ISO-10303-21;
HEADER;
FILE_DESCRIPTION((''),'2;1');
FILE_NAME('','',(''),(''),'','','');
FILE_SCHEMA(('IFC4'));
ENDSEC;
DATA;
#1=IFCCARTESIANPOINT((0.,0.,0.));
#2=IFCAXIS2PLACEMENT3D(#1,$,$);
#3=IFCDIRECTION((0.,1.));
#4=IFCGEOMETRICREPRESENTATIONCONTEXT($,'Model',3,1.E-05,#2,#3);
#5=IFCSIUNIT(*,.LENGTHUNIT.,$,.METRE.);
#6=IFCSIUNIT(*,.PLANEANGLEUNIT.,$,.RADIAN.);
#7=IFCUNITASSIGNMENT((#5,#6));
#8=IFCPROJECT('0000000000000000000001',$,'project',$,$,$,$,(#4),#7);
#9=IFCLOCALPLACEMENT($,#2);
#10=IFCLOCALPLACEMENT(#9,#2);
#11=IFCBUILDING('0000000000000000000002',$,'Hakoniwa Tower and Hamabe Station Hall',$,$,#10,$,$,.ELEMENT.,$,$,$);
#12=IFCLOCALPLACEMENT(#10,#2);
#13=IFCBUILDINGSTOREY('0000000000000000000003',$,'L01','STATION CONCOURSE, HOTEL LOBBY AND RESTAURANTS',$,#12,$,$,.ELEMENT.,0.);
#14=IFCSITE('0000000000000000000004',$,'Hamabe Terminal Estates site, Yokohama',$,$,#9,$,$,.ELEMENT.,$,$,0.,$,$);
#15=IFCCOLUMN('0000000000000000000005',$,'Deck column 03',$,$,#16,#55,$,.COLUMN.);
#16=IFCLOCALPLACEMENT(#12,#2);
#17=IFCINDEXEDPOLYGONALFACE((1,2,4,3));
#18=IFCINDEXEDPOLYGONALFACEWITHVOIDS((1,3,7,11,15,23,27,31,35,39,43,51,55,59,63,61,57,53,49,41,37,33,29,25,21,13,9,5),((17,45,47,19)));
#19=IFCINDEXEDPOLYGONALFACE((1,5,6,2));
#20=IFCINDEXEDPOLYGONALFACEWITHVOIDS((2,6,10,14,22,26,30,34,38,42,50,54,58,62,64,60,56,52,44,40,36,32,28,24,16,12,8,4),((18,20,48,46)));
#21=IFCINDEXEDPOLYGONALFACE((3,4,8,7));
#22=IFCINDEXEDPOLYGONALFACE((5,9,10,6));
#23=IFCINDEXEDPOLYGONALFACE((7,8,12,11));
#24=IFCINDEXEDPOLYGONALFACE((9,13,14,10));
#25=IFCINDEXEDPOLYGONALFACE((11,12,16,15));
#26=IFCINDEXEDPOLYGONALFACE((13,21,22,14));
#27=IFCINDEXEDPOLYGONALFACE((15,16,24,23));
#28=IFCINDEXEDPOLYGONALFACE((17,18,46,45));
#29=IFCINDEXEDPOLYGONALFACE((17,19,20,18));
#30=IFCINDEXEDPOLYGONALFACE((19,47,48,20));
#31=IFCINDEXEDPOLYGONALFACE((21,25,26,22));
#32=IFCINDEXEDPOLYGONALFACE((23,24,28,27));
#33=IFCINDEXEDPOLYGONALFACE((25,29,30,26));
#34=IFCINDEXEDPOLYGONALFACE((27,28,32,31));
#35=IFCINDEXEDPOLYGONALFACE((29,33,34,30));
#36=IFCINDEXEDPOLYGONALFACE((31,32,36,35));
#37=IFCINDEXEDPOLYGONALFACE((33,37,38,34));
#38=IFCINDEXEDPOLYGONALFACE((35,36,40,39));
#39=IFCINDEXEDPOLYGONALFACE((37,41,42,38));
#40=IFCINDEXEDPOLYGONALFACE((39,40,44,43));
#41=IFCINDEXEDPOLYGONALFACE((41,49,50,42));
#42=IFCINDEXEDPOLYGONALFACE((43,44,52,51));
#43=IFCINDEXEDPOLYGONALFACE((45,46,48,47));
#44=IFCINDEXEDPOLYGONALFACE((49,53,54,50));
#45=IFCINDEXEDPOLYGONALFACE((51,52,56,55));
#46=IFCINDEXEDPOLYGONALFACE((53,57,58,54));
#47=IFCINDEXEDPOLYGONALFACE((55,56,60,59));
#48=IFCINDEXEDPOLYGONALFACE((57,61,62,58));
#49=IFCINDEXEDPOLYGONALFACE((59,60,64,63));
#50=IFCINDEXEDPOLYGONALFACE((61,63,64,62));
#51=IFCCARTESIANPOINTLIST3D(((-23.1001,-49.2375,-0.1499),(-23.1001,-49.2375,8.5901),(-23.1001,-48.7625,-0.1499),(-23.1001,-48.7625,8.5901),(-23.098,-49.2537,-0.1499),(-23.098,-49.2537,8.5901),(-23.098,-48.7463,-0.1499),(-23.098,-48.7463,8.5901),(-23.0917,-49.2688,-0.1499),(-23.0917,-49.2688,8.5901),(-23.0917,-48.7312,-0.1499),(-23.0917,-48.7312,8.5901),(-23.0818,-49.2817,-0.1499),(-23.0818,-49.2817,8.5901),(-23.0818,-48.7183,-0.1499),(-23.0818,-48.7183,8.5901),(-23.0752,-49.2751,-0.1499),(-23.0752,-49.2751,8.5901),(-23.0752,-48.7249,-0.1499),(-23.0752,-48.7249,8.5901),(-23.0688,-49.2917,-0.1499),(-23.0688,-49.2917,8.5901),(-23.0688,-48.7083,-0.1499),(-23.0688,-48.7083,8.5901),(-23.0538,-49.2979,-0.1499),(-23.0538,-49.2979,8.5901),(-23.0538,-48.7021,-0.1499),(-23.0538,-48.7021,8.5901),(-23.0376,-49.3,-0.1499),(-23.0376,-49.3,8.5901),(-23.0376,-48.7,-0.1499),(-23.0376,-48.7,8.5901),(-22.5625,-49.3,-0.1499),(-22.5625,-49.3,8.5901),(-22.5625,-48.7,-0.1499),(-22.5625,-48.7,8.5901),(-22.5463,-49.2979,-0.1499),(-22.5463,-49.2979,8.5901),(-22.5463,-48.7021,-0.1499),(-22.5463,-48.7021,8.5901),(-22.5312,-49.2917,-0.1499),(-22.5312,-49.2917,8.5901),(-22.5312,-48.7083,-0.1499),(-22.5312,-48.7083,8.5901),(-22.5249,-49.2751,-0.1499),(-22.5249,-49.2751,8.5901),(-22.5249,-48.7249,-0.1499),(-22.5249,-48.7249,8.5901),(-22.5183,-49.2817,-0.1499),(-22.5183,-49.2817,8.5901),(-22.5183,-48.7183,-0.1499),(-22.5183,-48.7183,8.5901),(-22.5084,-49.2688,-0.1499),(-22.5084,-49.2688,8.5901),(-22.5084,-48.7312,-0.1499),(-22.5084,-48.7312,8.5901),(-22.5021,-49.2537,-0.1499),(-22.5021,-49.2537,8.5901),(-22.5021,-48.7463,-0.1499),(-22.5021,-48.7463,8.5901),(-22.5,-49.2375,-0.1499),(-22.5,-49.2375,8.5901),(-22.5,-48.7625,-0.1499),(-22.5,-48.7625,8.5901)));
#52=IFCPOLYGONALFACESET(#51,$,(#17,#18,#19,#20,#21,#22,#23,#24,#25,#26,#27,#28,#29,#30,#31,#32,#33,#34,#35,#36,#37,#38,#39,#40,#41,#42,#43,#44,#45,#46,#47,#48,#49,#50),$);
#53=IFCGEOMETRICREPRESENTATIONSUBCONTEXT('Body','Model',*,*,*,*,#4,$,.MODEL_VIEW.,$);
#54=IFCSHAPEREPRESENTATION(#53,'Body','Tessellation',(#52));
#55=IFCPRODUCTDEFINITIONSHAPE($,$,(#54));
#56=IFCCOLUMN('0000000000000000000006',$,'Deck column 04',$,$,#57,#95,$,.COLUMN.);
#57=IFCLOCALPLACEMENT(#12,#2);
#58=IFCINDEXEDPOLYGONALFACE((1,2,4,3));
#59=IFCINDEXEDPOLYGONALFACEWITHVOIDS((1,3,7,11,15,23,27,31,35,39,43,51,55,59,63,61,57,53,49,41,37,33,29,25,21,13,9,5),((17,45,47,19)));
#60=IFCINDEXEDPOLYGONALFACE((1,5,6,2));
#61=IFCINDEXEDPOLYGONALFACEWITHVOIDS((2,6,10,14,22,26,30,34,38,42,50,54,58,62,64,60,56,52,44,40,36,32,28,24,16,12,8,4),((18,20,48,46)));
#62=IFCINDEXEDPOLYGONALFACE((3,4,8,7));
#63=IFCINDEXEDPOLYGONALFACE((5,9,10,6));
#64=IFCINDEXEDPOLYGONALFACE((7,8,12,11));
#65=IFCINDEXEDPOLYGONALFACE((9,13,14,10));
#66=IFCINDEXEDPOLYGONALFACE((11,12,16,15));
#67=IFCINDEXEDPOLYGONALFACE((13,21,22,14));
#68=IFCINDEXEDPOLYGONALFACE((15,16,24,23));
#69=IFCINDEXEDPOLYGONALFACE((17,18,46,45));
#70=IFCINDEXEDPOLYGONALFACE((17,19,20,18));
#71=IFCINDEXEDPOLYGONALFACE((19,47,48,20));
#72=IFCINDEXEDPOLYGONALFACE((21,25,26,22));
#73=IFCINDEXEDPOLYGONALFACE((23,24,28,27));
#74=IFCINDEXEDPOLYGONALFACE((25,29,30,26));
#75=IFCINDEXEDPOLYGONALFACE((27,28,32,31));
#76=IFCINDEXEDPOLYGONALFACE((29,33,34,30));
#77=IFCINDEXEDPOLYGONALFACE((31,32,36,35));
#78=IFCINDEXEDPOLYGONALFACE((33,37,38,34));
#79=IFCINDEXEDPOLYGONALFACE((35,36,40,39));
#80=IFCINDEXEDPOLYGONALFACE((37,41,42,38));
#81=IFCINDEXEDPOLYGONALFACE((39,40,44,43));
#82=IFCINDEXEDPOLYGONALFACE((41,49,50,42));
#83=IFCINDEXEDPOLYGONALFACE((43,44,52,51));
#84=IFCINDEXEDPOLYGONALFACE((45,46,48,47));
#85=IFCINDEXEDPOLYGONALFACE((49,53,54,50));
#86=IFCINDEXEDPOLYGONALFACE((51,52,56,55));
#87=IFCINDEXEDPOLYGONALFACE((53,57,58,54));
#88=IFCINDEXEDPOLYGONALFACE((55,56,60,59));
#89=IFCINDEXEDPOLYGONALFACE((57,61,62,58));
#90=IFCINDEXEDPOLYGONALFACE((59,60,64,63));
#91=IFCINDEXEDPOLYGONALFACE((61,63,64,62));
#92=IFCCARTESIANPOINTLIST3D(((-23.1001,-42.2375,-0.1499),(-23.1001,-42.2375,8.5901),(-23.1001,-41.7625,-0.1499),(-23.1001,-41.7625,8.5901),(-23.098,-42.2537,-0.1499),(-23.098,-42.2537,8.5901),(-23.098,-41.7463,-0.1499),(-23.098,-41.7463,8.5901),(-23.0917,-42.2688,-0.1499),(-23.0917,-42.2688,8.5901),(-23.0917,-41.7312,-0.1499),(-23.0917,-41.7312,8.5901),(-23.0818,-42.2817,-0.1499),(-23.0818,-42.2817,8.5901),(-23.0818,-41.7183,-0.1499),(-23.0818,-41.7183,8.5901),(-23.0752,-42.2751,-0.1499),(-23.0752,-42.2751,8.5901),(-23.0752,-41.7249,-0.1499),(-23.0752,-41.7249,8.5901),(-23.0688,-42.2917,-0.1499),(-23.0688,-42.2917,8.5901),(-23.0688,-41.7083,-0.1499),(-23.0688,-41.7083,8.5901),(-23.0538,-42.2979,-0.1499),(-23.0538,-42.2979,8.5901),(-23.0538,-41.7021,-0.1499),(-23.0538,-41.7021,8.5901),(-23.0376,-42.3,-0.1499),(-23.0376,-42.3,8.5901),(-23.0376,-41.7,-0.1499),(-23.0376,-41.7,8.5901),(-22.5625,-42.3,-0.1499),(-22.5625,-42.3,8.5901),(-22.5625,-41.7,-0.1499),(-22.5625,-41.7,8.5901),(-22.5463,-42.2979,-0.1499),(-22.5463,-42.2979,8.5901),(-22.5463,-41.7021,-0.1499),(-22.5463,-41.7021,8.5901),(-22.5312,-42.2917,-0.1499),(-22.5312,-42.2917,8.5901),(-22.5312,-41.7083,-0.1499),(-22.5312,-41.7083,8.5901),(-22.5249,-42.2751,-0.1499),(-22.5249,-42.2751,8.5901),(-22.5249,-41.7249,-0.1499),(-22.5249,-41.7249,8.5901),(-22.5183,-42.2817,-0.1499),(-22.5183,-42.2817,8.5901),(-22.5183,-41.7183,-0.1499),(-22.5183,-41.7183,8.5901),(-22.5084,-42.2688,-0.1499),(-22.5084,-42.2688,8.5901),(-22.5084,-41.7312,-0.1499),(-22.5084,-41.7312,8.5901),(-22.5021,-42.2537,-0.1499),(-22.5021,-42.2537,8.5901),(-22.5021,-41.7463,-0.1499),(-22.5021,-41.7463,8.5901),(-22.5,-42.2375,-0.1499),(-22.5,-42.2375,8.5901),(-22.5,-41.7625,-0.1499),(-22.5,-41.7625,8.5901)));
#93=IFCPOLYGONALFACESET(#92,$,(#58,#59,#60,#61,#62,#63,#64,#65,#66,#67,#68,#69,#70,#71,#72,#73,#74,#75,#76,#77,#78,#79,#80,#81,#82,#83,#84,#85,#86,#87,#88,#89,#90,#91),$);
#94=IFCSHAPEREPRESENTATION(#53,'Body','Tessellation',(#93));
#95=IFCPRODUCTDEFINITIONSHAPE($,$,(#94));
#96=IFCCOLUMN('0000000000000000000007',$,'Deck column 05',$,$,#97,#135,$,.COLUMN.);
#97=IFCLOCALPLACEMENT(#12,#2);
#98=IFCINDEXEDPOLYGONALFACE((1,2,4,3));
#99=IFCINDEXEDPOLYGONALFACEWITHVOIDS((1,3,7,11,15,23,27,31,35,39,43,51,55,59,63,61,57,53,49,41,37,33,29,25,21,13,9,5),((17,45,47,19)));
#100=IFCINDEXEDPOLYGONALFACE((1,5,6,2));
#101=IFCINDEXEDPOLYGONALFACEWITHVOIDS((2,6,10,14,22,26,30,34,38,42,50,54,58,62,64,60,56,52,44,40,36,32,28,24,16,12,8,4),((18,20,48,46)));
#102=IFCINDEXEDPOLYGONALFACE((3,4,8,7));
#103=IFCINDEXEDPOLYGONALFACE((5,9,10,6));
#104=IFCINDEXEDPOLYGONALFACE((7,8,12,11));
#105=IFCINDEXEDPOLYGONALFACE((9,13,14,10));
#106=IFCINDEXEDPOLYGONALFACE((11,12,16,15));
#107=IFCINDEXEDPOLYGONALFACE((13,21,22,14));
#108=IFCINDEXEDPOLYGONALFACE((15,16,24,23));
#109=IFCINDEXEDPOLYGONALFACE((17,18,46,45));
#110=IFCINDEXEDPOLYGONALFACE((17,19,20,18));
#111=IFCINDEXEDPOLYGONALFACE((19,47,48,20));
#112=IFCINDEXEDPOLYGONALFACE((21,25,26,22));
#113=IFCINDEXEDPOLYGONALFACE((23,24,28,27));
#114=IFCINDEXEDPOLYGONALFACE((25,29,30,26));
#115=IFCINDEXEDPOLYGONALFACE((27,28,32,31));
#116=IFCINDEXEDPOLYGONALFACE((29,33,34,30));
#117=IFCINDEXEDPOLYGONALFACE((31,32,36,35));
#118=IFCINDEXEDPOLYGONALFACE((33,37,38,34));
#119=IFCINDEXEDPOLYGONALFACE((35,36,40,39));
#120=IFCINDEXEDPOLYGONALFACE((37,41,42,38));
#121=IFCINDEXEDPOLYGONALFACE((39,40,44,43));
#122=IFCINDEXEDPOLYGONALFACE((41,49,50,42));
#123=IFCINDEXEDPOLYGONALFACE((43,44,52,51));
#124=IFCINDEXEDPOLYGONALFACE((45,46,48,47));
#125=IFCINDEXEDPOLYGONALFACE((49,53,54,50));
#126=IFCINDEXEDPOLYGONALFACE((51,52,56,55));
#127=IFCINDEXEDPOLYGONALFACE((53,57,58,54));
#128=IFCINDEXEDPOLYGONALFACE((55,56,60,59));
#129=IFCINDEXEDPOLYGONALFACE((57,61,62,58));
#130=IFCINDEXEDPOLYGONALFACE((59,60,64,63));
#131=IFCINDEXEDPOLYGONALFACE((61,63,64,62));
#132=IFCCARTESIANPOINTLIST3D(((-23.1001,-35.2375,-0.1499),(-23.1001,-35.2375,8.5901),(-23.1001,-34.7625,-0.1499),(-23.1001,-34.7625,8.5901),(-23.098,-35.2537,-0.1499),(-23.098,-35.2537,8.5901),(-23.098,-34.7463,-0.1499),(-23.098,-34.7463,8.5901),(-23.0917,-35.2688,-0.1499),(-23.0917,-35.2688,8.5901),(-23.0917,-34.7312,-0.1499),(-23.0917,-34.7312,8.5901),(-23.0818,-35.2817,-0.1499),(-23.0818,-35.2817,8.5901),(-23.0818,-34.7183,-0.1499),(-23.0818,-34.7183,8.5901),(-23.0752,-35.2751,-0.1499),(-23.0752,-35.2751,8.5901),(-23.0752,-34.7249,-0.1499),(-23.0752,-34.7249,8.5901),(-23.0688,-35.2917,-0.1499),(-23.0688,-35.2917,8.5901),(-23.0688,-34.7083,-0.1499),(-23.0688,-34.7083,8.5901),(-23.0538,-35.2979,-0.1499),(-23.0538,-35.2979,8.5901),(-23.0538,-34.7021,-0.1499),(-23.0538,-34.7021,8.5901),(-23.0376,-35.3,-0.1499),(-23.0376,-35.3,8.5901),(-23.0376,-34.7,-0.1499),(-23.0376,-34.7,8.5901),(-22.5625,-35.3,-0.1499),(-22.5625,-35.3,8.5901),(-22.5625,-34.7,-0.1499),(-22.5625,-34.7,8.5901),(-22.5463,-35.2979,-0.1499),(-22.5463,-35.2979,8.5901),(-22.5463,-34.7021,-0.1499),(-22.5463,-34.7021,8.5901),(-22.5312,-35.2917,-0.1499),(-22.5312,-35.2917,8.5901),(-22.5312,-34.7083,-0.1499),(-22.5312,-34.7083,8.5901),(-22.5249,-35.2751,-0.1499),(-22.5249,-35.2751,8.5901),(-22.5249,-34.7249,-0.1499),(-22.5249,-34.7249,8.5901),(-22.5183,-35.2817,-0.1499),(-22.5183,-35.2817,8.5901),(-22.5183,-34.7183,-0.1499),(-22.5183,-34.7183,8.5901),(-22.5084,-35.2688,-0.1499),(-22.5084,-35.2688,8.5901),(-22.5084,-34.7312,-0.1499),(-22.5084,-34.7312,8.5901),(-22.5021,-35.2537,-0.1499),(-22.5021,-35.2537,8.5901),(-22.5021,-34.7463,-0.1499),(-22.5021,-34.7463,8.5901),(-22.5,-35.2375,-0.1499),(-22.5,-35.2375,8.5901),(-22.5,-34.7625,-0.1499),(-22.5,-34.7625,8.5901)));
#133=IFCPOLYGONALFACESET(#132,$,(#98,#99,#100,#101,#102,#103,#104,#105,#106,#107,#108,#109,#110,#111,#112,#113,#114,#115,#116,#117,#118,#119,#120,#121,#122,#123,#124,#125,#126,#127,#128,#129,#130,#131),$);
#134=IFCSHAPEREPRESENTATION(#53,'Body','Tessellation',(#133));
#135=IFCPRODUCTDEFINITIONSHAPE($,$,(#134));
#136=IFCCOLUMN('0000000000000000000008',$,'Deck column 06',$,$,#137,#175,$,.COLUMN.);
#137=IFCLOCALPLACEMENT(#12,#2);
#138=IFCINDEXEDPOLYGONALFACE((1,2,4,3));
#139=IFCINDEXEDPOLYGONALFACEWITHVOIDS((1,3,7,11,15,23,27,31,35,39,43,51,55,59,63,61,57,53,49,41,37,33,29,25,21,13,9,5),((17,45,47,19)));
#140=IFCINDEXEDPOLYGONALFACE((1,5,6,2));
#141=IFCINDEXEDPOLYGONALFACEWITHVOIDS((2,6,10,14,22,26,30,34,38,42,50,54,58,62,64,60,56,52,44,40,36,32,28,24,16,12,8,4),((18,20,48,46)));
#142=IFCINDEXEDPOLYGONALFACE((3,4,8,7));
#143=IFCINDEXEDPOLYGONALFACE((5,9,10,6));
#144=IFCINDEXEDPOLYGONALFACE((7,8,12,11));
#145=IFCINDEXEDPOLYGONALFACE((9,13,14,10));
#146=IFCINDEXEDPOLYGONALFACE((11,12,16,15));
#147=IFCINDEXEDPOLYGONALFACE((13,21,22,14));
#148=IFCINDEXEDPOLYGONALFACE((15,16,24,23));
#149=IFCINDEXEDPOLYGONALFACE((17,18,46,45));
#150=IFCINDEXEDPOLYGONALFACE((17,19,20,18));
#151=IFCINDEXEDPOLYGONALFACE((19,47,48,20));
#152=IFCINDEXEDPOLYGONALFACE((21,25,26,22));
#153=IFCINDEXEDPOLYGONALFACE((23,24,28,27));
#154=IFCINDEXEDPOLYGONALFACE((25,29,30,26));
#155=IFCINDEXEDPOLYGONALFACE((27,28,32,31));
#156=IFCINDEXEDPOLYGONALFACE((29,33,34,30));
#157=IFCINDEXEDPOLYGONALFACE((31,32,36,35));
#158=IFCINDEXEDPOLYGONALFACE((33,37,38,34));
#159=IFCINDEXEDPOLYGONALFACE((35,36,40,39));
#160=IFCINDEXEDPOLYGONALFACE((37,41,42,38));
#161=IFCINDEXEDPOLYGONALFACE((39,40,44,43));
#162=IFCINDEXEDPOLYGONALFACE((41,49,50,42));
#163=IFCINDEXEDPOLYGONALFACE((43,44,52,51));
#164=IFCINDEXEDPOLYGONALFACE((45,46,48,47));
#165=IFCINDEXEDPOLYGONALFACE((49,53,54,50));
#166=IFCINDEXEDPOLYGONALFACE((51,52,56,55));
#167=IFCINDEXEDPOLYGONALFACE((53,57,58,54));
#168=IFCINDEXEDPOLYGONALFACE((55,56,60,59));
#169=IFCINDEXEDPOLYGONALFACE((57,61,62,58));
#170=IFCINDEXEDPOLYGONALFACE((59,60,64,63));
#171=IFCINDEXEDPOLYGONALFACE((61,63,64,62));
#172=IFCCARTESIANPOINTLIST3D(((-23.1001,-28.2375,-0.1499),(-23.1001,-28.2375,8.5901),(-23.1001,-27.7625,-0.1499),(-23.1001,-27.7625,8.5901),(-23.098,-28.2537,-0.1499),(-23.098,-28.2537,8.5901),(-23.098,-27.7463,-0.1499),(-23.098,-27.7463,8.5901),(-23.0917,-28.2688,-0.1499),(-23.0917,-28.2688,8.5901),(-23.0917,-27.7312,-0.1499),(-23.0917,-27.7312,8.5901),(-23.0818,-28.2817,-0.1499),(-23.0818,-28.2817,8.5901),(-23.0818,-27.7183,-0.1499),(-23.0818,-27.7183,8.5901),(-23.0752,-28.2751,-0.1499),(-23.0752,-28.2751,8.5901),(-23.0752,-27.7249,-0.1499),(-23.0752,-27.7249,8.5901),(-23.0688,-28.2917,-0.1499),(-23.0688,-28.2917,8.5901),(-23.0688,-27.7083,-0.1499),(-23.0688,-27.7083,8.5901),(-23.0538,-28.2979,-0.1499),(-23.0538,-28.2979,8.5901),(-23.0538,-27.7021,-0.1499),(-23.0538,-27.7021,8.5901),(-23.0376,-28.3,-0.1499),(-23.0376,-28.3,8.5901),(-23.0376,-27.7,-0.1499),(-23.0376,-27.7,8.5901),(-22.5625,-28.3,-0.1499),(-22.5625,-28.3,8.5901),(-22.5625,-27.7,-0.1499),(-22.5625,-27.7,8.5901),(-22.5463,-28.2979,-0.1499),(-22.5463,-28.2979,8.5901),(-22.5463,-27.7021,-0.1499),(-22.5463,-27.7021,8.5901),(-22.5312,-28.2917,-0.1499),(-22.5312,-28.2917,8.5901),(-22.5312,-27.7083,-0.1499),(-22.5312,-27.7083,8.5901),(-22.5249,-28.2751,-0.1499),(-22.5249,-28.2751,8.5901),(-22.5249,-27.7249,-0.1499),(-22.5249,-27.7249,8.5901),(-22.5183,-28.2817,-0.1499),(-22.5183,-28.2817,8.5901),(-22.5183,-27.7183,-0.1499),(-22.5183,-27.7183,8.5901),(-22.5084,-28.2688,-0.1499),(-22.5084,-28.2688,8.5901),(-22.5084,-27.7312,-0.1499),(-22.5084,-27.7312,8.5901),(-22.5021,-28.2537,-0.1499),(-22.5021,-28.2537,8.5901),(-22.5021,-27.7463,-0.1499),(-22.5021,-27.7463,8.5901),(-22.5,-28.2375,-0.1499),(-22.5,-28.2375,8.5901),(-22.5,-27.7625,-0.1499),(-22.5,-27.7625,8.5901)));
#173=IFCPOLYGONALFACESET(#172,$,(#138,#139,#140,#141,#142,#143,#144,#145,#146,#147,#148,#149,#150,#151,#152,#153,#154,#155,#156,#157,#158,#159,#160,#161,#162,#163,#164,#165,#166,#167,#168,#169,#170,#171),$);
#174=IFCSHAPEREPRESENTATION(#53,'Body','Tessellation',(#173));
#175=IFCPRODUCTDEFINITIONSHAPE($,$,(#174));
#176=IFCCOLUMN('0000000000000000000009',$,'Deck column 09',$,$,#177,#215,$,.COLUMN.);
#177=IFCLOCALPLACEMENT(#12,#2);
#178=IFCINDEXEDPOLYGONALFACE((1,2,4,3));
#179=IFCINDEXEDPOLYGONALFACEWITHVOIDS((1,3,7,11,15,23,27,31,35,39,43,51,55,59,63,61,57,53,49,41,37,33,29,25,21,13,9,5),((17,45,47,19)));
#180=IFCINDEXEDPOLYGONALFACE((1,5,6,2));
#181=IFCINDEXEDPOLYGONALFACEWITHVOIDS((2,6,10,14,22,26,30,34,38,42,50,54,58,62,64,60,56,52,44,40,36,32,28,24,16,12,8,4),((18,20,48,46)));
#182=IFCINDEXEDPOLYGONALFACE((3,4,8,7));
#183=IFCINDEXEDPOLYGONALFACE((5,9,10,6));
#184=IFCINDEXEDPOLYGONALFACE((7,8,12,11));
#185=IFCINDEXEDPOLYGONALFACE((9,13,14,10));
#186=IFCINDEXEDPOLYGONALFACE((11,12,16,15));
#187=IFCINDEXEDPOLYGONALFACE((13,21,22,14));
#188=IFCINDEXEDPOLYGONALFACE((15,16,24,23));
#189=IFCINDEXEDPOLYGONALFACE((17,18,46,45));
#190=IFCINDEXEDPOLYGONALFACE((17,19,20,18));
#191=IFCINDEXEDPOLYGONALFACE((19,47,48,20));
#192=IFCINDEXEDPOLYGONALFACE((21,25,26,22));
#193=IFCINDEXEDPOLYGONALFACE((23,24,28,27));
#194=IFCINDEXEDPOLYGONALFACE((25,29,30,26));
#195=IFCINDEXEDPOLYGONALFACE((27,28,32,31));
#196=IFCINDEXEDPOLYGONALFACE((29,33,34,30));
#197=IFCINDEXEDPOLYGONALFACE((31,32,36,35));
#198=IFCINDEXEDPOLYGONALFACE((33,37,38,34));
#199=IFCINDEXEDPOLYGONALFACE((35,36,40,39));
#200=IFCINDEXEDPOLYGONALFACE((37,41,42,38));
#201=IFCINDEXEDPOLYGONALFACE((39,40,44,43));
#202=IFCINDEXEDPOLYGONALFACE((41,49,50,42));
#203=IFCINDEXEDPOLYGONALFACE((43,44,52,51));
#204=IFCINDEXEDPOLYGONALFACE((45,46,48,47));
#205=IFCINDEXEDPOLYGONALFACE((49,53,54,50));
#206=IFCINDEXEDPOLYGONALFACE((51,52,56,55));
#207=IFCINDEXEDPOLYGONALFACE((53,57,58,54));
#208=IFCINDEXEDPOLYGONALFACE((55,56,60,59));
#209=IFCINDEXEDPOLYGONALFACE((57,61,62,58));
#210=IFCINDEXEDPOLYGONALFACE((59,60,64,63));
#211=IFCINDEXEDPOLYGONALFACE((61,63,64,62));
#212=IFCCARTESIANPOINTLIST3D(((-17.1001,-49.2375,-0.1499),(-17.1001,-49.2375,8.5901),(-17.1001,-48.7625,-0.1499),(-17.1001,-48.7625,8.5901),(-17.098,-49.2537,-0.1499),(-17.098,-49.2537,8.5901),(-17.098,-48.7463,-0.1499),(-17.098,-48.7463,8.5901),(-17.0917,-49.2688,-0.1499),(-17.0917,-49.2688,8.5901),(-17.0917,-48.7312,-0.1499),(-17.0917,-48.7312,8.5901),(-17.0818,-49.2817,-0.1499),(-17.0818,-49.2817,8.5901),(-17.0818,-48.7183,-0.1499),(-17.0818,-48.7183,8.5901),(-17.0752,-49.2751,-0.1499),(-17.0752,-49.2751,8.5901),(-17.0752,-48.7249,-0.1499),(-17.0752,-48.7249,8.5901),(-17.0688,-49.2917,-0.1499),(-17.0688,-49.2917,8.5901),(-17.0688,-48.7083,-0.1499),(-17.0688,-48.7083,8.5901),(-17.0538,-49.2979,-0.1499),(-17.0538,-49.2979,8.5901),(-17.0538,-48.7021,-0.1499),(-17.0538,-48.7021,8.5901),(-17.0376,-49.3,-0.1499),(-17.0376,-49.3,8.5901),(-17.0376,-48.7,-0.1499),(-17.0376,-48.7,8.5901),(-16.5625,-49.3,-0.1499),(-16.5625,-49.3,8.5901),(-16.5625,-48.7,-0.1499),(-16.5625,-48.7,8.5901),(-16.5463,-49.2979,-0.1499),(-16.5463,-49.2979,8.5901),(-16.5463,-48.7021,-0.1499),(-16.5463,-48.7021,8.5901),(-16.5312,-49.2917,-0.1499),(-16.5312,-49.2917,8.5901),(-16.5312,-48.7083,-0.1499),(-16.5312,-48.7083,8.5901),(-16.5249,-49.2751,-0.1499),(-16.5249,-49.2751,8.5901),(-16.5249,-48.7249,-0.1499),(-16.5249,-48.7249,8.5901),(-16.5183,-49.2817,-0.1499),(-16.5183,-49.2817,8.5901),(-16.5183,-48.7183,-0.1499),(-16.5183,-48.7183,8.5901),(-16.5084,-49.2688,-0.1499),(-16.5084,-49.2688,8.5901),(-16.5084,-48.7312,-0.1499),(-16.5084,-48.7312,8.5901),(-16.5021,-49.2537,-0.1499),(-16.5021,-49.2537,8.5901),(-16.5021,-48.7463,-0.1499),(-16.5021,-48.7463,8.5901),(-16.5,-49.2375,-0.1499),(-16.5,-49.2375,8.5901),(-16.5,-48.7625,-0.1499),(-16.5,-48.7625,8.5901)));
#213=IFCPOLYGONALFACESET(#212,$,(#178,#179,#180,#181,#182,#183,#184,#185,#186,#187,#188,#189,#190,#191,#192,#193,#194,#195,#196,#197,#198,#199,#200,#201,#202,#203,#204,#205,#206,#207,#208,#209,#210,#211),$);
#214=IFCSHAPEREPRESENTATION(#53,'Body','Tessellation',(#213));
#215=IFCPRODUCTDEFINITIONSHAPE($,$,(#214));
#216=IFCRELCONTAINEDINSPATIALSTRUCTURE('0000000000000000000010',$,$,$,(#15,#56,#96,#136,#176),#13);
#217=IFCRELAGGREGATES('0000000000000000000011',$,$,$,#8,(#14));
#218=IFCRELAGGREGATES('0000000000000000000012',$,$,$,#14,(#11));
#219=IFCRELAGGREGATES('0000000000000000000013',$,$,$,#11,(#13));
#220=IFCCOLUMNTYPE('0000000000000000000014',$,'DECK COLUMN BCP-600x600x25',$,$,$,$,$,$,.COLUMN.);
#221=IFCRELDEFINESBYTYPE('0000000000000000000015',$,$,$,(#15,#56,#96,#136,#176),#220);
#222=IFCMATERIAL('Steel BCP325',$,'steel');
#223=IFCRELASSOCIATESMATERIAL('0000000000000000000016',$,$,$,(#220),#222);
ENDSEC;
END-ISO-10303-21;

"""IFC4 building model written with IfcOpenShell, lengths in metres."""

from ifc_helpers import new_model, si_unit, direction, frame, origin, origin_2d, place, context, subcontext, project, spatial, hollow_rectangle, extrude, material, material_profile, profile_set, type_object, element, save


model = new_model("IFC4")

# Units and contexts
model_context = context("Model", 3, precision=1e-05, world=origin(), true_north=direction((0.0, 1.0)))
body_context = subcontext(model_context, "Body", "Model", "MODEL_VIEW")
ifc_project = project(units=[si_unit("LENGTHUNIT", "METRE"), si_unit("PLANEANGLEUNIT", "RADIAN")], contexts=[model_context])

# Site, building, storey
site_placement = place(None, origin())
site = spatial("IfcSite", under=ifc_project, at=site_placement, Name="Hamabe Terminal Estates site, Yokohama", CompositionType="ELEMENT", RefElevation=0.0)
building_placement = place(site_placement, origin())
building = spatial("IfcBuilding", under=site, at=building_placement, Name="Hakoniwa Tower and Hamabe Station Hall", CompositionType="ELEMENT")
storey_placement = place(building_placement, origin())
storey = spatial("IfcBuildingStorey", under=building, at=storey_placement, Name="L01", Description="STATION CONCOURSE, HOTEL LOBBY AND RESTAURANTS", CompositionType="ELEMENT", Elevation=0.0)

# Columns
ifc_material_1 = material(Name="Steel BCP325", Category="steel")
ifc_material_profile_1 = material_profile(ifc_material_1, hollow_rectangle(XDim=0.6001, YDim=0.6001, WallThickness=0.0249, OuterFilletRadius=0.0625, at=origin_2d()), Name="DECK COLUMN BCP-600x600x25")
ifc_profile_set_1 = profile_set([ifc_material_profile_1], Name="Steel BCP325")
column_type = type_object("IfcColumnType", Name="DECK COLUMN BCP-600x600x25", PredefinedType="COLUMN", material=ifc_profile_set_1)
for number, where, z_axis, x_axis, name in (
    (1, (-22.8, -49.0, -0.1499), (0.0, 0.0, 1.0), (1.0, 0.0, 0.0), "Deck column 03"),
    (2, (-22.8, -42.0, -0.1499), (0.0, 0.0, 1.0), (1.0, 0.0, 0.0), "Deck column 04"),
    (3, (-22.8, -35.0, -0.1499), (0.0, 0.0, 1.0), (1.0, 0.0, 0.0), "Deck column 05"),
    (4, (-22.8, -28.0, -0.1499), (0.0, 0.0, 1.0), (1.0, 0.0, 0.0), "Deck column 06"),
    (5, (-16.8, -49.0, -0.1499), (0.0, 0.0, 1.0), (1.0, 0.0, 0.0), "Deck column 09"),
):
    element("IfcColumn", number, at=place(storey_placement, frame(where, z_axis=z_axis, x_axis=x_axis)), inside=storey, type_object=column_type, Name=name, PredefinedType="COLUMN", context=body_context, shape_type="SweptSolid", body=[
        extrude(hollow_rectangle(XDim=0.6001, YDim=0.6001, WallThickness=0.0249, OuterFilletRadius=0.0625, at=origin_2d()), origin(), (0.0, 0.0, 1.0), 8.74),
    ])

save(model, "model.ifc")
